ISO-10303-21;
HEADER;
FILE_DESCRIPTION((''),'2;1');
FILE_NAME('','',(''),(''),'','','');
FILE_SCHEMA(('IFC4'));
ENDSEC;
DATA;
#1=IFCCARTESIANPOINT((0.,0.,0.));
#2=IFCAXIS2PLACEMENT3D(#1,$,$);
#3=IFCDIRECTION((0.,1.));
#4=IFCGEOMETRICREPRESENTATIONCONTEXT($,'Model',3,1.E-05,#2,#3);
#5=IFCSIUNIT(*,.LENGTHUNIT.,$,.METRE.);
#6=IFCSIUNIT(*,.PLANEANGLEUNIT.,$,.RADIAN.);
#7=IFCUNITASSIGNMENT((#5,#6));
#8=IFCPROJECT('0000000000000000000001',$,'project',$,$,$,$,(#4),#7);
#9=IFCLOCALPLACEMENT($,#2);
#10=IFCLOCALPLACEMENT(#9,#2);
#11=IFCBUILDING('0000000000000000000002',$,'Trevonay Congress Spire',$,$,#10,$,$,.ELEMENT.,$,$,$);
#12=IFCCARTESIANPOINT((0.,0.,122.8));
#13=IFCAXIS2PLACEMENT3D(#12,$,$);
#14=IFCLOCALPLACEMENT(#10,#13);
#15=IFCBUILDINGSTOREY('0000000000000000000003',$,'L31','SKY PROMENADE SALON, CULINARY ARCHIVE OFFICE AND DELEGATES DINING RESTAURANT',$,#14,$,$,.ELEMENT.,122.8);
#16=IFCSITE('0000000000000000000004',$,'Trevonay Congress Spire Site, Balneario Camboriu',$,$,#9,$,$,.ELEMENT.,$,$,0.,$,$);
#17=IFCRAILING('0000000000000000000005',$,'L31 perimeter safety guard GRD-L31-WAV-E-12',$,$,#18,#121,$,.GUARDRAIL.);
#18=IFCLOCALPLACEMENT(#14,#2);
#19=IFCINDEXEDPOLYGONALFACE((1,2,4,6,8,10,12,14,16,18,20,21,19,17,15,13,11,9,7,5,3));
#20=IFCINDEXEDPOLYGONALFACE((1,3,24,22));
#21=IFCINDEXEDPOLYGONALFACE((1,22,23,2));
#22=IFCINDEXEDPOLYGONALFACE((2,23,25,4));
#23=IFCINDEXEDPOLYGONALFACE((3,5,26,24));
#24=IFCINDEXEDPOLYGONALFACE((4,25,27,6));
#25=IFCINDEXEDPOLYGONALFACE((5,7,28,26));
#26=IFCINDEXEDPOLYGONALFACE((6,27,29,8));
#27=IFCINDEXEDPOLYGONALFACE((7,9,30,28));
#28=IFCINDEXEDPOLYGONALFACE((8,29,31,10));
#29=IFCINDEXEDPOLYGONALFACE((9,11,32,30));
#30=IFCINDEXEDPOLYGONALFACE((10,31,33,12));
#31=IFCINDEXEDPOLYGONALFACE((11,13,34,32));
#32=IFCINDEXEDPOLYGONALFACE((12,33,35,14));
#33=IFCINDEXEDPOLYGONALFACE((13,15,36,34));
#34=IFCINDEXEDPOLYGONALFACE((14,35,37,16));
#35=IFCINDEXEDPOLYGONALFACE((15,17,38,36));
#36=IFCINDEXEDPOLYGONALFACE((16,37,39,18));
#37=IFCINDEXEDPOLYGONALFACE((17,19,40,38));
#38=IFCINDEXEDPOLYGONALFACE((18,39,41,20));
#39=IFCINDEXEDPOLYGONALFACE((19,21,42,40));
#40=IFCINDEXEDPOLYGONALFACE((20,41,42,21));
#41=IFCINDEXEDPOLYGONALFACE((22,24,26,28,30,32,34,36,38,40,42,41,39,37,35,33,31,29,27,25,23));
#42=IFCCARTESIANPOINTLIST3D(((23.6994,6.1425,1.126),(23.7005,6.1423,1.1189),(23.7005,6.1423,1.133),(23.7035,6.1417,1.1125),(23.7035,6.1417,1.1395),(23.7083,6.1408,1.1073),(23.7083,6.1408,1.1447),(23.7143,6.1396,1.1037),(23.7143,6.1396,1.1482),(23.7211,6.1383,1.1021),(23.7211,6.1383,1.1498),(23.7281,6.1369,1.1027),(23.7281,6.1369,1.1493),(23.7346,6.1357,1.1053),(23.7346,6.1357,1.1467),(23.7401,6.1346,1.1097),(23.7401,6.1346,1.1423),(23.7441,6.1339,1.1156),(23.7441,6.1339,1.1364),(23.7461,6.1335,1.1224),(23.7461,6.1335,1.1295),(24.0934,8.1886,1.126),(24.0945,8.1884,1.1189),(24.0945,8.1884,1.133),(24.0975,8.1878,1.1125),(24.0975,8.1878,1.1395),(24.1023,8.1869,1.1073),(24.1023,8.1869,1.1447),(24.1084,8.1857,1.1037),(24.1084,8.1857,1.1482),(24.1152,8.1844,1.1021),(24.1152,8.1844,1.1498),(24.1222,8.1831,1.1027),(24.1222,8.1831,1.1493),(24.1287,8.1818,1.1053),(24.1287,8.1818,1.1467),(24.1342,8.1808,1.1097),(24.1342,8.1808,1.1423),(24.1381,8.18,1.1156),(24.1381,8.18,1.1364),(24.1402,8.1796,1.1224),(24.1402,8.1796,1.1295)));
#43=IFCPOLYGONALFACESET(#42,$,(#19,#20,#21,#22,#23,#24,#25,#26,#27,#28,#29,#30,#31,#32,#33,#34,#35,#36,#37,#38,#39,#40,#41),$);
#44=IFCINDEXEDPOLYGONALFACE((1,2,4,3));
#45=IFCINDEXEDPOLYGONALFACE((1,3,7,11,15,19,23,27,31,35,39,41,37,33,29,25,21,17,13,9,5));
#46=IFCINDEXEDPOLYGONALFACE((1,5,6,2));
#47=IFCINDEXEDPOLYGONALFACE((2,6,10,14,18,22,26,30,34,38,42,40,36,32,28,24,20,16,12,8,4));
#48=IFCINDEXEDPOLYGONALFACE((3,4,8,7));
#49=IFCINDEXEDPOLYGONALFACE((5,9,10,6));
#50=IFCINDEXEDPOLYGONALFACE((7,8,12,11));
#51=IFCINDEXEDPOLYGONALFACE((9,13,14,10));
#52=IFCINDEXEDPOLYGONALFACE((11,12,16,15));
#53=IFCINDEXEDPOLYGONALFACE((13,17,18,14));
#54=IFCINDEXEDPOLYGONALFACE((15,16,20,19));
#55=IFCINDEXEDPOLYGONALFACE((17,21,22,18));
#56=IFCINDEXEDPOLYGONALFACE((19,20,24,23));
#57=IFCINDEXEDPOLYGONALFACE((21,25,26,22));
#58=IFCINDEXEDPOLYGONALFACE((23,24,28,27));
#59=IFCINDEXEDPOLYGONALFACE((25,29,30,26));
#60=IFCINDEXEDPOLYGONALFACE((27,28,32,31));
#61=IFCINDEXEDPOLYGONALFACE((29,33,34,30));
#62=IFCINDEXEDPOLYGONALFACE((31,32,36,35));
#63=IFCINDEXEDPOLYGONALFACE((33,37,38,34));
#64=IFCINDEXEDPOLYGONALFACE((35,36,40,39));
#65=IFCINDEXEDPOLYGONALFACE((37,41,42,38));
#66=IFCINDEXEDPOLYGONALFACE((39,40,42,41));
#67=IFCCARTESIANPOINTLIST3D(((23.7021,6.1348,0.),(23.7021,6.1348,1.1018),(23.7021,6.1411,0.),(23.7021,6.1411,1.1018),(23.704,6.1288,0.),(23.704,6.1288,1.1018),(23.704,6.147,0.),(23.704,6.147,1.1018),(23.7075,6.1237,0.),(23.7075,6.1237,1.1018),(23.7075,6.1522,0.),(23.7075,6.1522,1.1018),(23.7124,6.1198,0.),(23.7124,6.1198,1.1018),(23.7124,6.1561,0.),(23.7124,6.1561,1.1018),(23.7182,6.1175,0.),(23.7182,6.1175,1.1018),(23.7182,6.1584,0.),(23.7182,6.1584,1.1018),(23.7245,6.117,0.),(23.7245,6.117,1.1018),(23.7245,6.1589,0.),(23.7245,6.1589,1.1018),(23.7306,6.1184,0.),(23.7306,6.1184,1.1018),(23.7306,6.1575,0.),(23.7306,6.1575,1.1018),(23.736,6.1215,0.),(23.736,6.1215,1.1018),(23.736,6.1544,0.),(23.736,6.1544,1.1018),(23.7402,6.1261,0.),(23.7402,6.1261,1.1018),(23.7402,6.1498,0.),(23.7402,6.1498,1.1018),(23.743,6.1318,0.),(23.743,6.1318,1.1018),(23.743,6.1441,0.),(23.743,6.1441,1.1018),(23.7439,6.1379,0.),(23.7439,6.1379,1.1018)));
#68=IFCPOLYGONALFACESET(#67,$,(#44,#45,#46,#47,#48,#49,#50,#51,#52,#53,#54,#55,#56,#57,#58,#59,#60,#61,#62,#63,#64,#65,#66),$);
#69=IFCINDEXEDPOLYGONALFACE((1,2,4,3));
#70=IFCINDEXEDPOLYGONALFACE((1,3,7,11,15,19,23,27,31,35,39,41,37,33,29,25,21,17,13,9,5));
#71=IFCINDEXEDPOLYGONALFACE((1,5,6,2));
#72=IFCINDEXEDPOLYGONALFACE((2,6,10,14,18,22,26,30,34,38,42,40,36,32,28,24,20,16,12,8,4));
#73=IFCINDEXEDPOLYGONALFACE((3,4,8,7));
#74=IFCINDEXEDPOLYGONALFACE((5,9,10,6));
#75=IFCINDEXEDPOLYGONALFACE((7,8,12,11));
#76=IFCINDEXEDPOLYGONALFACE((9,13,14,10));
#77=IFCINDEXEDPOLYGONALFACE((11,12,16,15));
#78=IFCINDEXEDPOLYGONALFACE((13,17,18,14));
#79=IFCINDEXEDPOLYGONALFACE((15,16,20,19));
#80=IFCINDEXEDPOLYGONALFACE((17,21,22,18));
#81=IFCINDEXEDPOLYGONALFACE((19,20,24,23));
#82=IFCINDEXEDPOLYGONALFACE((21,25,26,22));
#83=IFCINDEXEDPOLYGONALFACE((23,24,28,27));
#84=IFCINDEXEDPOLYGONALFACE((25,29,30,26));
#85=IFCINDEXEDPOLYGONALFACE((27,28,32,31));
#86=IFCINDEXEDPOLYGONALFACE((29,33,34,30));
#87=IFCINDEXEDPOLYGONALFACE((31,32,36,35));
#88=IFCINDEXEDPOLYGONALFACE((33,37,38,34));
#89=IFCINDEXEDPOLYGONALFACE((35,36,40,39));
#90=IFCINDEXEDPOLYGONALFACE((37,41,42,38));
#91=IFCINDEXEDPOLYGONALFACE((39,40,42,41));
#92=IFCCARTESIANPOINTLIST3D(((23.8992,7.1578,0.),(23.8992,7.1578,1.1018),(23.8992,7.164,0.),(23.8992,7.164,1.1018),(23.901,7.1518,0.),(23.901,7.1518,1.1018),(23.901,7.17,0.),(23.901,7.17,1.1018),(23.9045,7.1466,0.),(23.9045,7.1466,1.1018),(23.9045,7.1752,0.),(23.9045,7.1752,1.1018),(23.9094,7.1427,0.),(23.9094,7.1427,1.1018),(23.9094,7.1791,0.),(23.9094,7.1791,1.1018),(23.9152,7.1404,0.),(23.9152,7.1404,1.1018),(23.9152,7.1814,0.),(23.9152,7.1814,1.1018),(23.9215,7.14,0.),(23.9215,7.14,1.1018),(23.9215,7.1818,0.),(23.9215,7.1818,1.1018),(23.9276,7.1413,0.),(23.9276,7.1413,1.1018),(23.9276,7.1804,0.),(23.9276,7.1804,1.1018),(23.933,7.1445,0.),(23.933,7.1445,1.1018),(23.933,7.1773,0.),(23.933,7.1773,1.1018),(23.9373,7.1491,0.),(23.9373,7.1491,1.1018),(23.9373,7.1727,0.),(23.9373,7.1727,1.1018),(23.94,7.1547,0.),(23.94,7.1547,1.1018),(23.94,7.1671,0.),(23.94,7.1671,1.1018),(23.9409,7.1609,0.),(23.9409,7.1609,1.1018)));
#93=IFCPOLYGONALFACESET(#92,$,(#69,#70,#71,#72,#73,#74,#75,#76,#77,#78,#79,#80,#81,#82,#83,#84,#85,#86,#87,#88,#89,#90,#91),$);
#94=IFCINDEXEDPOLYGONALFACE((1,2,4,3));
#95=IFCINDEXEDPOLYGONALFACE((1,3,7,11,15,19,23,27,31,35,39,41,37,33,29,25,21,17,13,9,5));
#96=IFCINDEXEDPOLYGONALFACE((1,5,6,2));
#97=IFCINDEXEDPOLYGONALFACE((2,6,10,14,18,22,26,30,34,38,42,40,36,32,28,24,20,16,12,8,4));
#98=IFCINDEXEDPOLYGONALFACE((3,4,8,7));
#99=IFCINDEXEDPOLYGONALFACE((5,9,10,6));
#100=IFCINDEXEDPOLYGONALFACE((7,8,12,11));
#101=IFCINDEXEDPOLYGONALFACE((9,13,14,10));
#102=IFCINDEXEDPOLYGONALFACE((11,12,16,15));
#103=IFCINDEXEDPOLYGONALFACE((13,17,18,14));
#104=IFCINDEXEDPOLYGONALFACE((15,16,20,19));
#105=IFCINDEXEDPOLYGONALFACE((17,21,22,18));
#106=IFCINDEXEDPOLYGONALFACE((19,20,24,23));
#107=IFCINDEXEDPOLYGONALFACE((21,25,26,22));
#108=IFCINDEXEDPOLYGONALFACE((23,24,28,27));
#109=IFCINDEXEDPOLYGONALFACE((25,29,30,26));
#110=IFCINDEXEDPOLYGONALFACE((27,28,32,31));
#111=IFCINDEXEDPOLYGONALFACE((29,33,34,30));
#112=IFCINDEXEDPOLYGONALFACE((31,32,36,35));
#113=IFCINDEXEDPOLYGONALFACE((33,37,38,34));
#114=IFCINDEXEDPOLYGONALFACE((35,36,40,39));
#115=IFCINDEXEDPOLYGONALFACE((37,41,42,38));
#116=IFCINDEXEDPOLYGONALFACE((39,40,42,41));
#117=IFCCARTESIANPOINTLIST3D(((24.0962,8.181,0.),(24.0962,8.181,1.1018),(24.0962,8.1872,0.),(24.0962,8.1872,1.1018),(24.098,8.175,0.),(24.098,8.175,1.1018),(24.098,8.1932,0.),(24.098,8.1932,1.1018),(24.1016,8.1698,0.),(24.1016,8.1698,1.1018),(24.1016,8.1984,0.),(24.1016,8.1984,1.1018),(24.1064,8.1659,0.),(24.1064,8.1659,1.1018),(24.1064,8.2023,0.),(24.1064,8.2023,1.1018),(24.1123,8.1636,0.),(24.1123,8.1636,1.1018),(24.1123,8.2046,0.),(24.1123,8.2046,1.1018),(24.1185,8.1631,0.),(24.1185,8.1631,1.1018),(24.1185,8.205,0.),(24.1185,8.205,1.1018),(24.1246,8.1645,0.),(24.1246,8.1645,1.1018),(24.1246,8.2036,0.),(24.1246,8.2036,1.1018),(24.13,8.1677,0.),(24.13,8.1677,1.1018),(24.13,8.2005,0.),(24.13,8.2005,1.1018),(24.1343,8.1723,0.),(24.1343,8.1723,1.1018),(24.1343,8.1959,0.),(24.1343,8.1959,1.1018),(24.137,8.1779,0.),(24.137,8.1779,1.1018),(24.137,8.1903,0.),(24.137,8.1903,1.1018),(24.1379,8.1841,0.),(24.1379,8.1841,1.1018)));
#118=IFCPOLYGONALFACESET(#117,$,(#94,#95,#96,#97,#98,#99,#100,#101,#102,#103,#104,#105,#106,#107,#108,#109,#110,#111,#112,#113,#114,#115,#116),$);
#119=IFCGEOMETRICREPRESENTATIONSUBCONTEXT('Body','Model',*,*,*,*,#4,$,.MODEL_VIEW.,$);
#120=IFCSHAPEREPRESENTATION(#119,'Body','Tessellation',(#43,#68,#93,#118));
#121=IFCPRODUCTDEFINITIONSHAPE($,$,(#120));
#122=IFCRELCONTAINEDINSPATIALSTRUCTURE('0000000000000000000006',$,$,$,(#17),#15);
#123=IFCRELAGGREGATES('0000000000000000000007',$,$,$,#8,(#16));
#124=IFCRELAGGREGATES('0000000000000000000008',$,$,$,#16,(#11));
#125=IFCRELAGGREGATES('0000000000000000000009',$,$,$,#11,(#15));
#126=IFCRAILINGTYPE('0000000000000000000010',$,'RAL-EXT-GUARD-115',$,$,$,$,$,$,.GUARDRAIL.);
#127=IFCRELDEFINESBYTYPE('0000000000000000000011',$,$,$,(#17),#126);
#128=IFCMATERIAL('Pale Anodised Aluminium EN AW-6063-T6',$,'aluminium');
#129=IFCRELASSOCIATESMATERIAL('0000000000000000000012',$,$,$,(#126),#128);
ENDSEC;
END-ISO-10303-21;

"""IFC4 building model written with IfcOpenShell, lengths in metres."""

from ifc_helpers import new_model, si_unit, direction, frame, origin, origin_2d, place, context, subcontext, project, spatial, circle, extrude, material, type_object, element, save


model = new_model("IFC4")

# Units and contexts
model_context = context("Model", 3, precision=1e-05, world=origin(), true_north=direction((0.0, 1.0)))
body_context = subcontext(model_context, "Body", "Model", "MODEL_VIEW")
ifc_project = project(units=[si_unit("LENGTHUNIT", "METRE"), si_unit("PLANEANGLEUNIT", "RADIAN")], contexts=[model_context])

# Site, building, storey
site_placement = place(None, origin())
site = spatial("IfcSite", under=ifc_project, at=site_placement, Name="Trevonay Congress Spire Site, Balneario Camboriu", CompositionType="ELEMENT", RefElevation=0.0)
building_placement = place(site_placement, origin())
building = spatial("IfcBuilding", under=site, at=building_placement, Name="Trevonay Congress Spire", CompositionType="ELEMENT")
storey_placement = place(building_placement, frame((0.0, 0.0, 122.8)))
storey = spatial("IfcBuildingStorey", under=building, at=storey_placement, Name="L31", Description="SKY PROMENADE SALON, CULINARY ARCHIVE OFFICE AND DELEGATES DINING RESTAURANT", CompositionType="ELEMENT", Elevation=122.8)

# Shared definitions
ifc_material_1 = material(Name="Pale Anodised Aluminium EN AW-6063-T6", Category="aluminium")

# Railing
railing_type = type_object("IfcRailingType", Name="RAL-EXT-GUARD-115", PredefinedType="GUARDRAIL", material=ifc_material_1)
railing_1_placement = place(storey_placement, frame((23.7229, 6.1379, 0.0)))
element("IfcRailing", 1, at=railing_1_placement, inside=storey, type_object=railing_type, Name="L31 perimeter safety guard GRD-L31-WAV-E-12", PredefinedType="GUARDRAIL", context=body_context, shape_type="SweptSolid", body=[
    extrude(circle(Radius=0.0239, at=origin_2d()), frame((0.0, 0.0, 1.126), z_axis=(0.189104, 0.981957, 0.0), x_axis=(-0.981957, 0.189104, 0.0)), (0.0, 0.0, 1.0), 2.0837),
    extrude(circle(Radius=0.021, at=origin_2d()), origin(), (0.0, 0.0, 1.0), 1.1018),
    extrude(circle(Radius=0.021, at=origin_2d()), frame((0.197, 1.0229, 0.0)), (0.0, 0.0, 1.0), 1.1018),
    extrude(circle(Radius=0.021, at=origin_2d()), frame((0.394, 2.0461, 0.0)), (0.0, 0.0, 1.0), 1.1018),
])

save(model, "model.ifc")
